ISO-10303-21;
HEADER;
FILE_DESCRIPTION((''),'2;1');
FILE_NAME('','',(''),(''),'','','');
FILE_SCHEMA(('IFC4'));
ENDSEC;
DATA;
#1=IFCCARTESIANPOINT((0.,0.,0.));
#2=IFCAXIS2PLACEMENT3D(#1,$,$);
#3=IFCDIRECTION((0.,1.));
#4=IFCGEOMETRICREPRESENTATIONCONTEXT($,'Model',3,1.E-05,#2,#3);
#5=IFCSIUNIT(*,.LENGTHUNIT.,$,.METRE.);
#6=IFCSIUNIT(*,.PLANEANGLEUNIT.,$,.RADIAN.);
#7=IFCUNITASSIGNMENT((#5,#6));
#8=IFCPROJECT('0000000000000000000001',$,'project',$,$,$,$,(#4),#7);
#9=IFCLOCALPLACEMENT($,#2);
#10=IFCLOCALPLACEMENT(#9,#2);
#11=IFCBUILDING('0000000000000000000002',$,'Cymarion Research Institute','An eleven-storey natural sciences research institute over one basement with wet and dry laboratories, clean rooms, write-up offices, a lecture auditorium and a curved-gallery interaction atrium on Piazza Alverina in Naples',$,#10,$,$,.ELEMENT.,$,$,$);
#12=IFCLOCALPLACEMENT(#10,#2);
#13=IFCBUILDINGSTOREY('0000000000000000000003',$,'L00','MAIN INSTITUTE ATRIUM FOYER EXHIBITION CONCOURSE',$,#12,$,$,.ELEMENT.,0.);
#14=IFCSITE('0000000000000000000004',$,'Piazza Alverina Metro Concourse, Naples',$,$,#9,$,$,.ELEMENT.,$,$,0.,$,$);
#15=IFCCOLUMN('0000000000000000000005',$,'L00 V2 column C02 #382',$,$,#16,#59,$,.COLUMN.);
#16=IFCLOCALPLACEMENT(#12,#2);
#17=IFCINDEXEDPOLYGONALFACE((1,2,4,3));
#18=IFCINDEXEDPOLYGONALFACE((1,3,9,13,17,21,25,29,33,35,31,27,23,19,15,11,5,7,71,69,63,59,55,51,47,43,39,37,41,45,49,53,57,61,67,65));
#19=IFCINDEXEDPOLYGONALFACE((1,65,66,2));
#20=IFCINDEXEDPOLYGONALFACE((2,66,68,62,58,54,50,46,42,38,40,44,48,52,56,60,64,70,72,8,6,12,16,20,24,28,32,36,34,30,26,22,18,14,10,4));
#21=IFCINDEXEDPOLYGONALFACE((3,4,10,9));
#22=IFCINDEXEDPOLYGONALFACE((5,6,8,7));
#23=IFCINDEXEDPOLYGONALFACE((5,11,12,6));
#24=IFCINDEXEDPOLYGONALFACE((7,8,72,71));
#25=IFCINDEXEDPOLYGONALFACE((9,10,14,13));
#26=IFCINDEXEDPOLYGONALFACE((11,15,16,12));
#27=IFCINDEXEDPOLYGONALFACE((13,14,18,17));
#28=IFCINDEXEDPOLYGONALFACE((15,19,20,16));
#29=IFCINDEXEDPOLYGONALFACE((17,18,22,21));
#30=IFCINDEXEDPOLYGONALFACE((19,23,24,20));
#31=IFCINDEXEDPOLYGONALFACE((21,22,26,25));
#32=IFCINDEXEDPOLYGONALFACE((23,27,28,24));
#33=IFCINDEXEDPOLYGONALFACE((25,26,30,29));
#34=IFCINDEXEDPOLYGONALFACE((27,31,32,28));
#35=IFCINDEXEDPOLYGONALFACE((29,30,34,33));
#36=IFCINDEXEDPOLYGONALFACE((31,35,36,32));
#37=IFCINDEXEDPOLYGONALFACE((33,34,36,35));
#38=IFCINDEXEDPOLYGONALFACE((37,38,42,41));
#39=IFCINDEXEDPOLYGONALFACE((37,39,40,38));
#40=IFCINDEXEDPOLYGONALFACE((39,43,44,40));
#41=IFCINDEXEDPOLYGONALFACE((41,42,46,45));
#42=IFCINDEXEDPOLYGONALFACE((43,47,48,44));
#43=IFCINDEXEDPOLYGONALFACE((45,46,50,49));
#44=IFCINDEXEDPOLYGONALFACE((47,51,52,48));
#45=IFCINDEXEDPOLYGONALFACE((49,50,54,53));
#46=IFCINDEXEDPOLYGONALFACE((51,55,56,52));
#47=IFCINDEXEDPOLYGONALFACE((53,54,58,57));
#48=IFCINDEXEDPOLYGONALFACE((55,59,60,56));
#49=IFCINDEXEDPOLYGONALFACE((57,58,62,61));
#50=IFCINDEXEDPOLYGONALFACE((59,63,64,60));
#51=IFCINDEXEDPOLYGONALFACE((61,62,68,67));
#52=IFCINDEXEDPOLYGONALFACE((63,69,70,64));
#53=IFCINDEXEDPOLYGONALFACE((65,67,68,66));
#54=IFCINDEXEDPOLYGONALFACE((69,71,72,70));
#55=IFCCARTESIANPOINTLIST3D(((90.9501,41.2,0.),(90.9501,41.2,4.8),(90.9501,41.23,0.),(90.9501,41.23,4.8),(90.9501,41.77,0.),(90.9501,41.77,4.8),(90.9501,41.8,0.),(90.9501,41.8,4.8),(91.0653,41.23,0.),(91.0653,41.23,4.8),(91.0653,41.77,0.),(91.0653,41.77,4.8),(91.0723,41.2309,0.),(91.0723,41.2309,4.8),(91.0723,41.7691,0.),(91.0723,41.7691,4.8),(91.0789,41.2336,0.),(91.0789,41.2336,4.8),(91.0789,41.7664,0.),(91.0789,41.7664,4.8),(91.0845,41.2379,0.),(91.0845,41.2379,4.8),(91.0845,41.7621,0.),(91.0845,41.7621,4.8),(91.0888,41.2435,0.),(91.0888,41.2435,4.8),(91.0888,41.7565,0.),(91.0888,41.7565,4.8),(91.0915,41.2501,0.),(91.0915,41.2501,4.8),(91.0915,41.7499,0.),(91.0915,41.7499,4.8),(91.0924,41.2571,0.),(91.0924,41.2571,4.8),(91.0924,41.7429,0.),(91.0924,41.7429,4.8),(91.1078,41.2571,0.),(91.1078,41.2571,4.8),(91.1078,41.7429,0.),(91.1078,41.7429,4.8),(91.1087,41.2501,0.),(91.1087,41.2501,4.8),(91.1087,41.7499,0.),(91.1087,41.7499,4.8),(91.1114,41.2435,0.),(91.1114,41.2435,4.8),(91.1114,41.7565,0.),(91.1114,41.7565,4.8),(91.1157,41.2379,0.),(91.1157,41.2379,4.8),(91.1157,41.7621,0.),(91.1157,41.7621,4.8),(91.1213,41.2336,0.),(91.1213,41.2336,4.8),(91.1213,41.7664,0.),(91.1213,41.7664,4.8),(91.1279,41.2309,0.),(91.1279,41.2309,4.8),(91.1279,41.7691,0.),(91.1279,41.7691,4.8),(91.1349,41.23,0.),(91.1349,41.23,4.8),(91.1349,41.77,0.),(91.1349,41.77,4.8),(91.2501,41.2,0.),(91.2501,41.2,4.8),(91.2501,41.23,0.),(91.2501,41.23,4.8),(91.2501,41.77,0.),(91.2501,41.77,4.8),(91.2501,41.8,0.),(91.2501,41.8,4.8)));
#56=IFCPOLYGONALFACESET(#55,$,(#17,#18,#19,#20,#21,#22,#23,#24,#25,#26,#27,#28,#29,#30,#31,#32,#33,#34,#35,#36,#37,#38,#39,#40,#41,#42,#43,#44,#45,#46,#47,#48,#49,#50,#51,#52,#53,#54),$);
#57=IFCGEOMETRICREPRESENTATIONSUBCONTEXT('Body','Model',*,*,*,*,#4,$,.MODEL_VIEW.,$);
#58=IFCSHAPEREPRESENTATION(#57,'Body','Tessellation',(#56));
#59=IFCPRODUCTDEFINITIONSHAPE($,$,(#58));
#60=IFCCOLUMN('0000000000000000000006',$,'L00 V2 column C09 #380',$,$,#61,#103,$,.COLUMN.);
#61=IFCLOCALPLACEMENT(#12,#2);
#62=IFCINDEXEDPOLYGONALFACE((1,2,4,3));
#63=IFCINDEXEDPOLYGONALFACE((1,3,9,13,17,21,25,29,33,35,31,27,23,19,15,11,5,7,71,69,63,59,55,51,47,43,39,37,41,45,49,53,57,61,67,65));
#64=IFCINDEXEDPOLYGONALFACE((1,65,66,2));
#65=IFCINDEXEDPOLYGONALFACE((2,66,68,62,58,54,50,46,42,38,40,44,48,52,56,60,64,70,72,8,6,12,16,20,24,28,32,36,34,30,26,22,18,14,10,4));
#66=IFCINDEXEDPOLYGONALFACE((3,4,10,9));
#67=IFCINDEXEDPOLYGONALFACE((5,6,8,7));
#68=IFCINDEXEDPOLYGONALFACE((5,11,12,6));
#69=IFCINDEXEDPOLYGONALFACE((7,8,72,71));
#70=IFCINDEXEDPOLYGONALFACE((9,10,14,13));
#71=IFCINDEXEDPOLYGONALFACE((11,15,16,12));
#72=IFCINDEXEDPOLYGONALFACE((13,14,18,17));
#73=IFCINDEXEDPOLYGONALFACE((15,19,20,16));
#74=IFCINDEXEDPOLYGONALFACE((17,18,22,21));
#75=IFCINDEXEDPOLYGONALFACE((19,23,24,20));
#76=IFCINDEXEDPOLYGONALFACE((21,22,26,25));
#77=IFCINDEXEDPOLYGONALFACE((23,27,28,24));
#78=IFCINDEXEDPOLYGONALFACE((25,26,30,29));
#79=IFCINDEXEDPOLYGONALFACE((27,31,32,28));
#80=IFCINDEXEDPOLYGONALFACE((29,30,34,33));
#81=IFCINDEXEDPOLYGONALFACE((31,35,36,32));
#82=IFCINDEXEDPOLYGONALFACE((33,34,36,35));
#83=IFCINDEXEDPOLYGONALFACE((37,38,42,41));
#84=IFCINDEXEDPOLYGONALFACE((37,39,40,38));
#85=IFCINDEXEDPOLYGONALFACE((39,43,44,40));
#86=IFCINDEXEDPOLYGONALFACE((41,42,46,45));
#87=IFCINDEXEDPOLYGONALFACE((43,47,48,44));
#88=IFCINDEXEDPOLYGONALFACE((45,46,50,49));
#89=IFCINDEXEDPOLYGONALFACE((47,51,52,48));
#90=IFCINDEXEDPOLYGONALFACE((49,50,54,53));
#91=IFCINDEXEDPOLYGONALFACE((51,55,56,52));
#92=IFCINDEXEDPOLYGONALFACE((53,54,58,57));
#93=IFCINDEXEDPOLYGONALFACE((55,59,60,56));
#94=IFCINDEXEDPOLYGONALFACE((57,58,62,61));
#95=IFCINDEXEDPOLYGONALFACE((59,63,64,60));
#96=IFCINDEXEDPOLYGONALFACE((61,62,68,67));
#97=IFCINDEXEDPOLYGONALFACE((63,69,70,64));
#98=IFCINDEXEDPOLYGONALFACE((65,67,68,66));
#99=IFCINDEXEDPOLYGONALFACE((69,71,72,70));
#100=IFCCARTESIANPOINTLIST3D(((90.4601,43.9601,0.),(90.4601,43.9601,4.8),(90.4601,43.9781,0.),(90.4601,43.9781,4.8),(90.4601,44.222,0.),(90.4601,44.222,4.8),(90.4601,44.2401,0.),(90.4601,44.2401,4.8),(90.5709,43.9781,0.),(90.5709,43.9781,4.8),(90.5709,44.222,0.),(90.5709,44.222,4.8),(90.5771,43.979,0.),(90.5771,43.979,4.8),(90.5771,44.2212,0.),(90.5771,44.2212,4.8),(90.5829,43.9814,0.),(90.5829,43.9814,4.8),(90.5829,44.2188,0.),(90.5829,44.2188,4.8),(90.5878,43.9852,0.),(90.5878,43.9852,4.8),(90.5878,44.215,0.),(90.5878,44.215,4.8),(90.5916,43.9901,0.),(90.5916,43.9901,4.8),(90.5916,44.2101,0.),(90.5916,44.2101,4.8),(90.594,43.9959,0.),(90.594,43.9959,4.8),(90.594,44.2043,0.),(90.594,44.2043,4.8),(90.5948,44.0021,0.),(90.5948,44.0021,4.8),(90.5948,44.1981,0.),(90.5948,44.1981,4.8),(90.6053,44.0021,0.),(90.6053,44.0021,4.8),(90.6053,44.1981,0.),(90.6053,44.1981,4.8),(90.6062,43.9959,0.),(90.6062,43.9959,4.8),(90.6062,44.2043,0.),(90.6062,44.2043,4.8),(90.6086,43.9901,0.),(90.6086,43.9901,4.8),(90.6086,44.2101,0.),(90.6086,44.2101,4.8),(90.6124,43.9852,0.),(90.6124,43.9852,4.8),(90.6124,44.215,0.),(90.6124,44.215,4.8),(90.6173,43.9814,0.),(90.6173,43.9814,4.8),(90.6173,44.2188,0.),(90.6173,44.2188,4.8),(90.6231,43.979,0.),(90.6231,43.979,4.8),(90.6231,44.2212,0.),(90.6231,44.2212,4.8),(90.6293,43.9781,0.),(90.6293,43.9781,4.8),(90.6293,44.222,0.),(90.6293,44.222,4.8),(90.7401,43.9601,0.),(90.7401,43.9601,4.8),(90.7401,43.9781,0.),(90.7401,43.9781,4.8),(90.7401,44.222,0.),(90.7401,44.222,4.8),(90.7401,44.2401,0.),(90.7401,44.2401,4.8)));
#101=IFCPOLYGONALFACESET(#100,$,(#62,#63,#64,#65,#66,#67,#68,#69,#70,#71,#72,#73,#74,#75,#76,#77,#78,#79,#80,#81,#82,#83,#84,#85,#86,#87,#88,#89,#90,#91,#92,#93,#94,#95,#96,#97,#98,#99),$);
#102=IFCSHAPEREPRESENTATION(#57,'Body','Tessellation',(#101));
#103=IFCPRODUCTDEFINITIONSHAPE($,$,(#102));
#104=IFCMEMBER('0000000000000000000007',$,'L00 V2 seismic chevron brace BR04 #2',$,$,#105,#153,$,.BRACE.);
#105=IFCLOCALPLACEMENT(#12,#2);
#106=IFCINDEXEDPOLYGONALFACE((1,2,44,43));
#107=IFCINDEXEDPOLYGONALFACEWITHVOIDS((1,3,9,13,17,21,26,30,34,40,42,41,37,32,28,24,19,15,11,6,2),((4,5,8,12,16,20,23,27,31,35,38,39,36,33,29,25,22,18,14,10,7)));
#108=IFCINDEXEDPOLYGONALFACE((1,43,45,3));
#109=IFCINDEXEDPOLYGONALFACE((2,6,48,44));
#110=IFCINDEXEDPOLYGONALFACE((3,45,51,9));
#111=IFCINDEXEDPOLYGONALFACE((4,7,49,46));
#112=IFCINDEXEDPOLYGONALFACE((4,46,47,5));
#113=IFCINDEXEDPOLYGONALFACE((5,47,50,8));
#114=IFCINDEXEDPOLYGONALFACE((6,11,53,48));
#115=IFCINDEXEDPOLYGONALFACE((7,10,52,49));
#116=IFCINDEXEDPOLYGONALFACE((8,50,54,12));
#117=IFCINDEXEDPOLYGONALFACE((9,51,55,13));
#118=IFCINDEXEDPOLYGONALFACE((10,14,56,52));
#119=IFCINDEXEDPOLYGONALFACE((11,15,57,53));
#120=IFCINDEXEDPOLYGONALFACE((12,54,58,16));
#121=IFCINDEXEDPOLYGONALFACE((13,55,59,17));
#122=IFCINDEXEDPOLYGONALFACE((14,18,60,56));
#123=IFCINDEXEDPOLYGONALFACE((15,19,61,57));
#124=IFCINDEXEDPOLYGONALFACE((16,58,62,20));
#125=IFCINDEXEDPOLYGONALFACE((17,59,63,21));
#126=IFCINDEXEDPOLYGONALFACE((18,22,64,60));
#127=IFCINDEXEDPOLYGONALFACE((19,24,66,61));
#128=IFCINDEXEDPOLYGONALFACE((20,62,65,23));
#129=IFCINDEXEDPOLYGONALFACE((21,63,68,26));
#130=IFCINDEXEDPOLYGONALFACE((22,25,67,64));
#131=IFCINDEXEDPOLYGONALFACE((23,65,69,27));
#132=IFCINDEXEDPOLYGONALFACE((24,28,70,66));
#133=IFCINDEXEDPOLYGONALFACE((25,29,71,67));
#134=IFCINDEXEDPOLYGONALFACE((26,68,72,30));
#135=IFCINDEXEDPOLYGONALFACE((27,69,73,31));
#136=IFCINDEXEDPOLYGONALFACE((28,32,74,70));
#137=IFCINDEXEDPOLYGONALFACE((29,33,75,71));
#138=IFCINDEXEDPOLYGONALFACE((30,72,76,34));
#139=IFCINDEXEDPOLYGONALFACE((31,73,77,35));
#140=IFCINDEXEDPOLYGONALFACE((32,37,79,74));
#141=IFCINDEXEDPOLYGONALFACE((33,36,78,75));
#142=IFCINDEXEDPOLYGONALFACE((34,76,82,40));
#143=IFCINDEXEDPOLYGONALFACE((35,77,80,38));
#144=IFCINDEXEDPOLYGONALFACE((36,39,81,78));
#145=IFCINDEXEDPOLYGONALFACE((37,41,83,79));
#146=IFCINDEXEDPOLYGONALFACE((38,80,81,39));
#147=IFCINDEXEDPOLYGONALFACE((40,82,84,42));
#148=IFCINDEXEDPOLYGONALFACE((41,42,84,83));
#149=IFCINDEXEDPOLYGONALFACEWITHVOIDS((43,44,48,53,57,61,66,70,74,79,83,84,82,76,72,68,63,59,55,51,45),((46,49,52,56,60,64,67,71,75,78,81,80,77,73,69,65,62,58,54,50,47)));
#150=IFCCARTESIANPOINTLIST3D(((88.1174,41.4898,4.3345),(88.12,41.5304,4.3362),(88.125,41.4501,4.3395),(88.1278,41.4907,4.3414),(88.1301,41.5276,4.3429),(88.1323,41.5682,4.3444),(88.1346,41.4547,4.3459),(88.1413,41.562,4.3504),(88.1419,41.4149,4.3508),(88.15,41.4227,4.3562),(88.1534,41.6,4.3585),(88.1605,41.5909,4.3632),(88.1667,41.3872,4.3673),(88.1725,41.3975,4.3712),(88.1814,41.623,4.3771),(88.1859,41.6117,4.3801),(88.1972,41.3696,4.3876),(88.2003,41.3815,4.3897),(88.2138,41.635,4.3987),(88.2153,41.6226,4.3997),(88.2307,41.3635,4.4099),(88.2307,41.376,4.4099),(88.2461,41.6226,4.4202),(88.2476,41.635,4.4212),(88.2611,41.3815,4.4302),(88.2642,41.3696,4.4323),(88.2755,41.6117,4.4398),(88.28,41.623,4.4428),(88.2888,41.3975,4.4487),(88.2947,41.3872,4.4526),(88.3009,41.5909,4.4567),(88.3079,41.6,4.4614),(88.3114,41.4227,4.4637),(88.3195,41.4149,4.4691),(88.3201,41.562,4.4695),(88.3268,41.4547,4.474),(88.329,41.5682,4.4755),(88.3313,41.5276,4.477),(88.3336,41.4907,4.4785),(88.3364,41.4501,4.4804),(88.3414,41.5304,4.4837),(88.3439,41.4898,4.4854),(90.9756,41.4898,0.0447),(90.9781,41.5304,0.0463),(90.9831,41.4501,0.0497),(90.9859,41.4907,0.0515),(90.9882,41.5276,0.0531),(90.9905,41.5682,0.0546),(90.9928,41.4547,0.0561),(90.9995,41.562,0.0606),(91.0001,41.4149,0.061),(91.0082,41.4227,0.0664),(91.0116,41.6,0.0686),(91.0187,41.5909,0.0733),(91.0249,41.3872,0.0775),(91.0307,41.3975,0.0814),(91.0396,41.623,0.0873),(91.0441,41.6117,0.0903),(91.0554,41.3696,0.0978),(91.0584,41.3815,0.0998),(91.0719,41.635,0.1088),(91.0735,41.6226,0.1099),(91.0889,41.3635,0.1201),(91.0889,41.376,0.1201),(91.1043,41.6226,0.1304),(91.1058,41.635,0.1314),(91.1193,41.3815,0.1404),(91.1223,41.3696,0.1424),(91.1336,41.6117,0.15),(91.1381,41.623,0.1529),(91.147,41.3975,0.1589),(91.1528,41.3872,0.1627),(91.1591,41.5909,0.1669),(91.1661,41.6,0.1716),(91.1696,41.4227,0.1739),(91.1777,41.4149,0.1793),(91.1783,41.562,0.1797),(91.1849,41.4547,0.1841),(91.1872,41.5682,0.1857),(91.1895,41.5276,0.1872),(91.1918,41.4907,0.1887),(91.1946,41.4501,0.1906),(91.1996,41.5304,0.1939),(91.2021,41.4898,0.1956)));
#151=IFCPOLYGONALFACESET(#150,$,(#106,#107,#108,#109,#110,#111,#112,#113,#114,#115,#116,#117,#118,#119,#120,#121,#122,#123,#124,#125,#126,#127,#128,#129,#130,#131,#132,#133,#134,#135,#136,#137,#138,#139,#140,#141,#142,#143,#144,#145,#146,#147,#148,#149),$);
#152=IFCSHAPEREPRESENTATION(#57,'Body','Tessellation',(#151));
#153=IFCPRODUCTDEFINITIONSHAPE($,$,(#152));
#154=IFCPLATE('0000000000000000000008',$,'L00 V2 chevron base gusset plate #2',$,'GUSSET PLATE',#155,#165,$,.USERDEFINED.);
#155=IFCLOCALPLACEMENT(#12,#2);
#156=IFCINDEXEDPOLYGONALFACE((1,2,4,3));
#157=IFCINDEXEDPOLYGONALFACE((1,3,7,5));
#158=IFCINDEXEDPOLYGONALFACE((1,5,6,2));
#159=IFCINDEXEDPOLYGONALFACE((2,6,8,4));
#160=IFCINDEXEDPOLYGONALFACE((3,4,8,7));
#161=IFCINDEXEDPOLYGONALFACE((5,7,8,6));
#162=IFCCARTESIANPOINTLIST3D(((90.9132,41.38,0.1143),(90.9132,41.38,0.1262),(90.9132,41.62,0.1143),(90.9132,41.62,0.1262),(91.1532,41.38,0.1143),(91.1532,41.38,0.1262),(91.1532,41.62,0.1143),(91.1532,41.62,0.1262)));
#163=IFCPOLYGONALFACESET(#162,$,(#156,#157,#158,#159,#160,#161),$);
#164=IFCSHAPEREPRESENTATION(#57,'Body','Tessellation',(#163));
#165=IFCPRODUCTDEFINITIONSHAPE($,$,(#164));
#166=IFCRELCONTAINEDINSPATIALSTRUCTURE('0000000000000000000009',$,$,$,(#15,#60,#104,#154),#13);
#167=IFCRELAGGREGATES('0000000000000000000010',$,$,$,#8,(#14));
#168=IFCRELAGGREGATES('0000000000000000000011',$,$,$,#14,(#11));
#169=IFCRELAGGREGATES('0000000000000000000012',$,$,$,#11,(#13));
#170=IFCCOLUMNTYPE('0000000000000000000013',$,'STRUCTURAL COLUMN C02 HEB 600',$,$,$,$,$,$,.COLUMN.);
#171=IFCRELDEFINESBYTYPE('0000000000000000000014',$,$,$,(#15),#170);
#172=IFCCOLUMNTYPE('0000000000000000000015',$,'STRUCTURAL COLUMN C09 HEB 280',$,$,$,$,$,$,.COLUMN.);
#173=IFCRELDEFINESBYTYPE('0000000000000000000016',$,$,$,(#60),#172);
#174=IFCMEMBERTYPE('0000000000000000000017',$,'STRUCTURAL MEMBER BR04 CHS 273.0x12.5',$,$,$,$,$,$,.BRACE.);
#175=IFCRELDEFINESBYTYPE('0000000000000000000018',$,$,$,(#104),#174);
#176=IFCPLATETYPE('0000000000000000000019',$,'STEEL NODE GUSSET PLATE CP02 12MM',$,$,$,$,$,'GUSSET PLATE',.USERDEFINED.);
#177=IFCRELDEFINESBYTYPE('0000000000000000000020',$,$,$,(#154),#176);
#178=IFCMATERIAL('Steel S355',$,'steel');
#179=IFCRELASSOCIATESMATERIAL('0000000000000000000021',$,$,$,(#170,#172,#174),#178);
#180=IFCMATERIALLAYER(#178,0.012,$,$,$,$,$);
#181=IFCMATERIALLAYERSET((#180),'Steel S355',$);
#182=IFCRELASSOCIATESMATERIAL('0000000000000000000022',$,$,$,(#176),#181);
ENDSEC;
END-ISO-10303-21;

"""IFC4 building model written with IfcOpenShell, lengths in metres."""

from ifc_helpers import new_model, si_unit, direction, frame, origin, origin_2d, place, context, subcontext, project, spatial, rectangle, hollow_circle, i_section, extrude, material, layer, layer_set, material_profile, profile_set, type_object, element, save


model = new_model("IFC4")

# Units and contexts
model_context = context("Model", 3, precision=1e-05, world=origin(), true_north=direction((0.0, 1.0)))
body_context = subcontext(model_context, "Body", "Model", "MODEL_VIEW")
ifc_project = project(units=[si_unit("LENGTHUNIT", "METRE"), si_unit("PLANEANGLEUNIT", "RADIAN")], contexts=[model_context])

# Site, building, storey
site_placement = place(None, origin())
site = spatial("IfcSite", under=ifc_project, at=site_placement, Name="Piazza Alverina Metro Concourse, Naples", CompositionType="ELEMENT", RefElevation=0.0)
building_placement = place(site_placement, origin())
building = spatial("IfcBuilding", under=site, at=building_placement, Name="Cymarion Research Institute", Description="An eleven-storey natural sciences research institute over one basement with wet and dry laboratories, clean rooms, write-up offices, a lecture auditorium and a curved-gallery interaction atrium on Piazza Alverina in Naples", CompositionType="ELEMENT")
storey_placement = place(building_placement, origin())
storey = spatial("IfcBuildingStorey", under=building, at=storey_placement, Name="L00", Description="MAIN INSTITUTE ATRIUM FOYER EXHIBITION CONCOURSE", CompositionType="ELEMENT", Elevation=0.0)

# Columns
ifc_material_1 = material(Name="Steel S355", Category="steel")
ifc_material_profile_1 = material_profile(ifc_material_1, i_section(OverallWidth=0.3, OverallDepth=0.6001, WebThickness=0.0154, FlangeThickness=0.03, FilletRadius=0.0271, at=origin_2d()), Name="HEB 600")
ifc_profile_set_1 = profile_set([ifc_material_profile_1], Name="Steel S355")
column_type_1 = type_object("IfcColumnType", Name="STRUCTURAL COLUMN C02 HEB 600", PredefinedType="COLUMN", material=ifc_profile_set_1)
column_1_placement = place(storey_placement, frame((91.1001, 41.5, 0.0), z_axis=(0.0, 0.0, 1.0), x_axis=(1.0, 0.0, 0.0)))
element("IfcColumn", 1, at=column_1_placement, inside=storey, type_object=column_type_1, Name="L00 V2 column C02 #382", PredefinedType="COLUMN", context=body_context, shape_type="SweptSolid", body=[
    extrude(i_section(OverallWidth=0.3, OverallDepth=0.6001, WebThickness=0.0154, FlangeThickness=0.03, FilletRadius=0.0271, at=origin_2d()), origin(), (0.0, 0.0, 1.0), 4.8),
])
ifc_material_profile_2 = material_profile(ifc_material_1, i_section(OverallWidth=0.28, OverallDepth=0.28, WebThickness=0.0105, FlangeThickness=0.0181, FilletRadius=0.0239, at=origin_2d()), Name="HEB 280")
ifc_profile_set_2 = profile_set([ifc_material_profile_2], Name="Steel S355")
column_type_2 = type_object("IfcColumnType", Name="STRUCTURAL COLUMN C09 HEB 280", PredefinedType="COLUMN", material=ifc_profile_set_2)
column_2_placement = place(storey_placement, frame((90.6001, 44.1001, 0.0), z_axis=(0.0, 0.0, 1.0), x_axis=(1.0, 0.0, 0.0)))
element("IfcColumn", 2, at=column_2_placement, inside=storey, type_object=column_type_2, Name="L00 V2 column C09 #380", PredefinedType="COLUMN", context=body_context, shape_type="SweptSolid", body=[
    extrude(i_section(OverallWidth=0.28, OverallDepth=0.28, WebThickness=0.0105, FlangeThickness=0.0181, FilletRadius=0.0239, at=origin_2d()), origin(), (0.0, 0.0, 1.0), 4.8),
])

# Member
ifc_material_profile_3 = material_profile(ifc_material_1, hollow_circle(Radius=0.1365, WallThickness=0.0125, at=origin_2d()), Name="CHS 273.0x12.5")
ifc_profile_set_3 = profile_set([ifc_material_profile_3], Name="Steel S355")
member_type = type_object("IfcMemberType", Name="STRUCTURAL MEMBER BR04 CHS 273.0x12.5", PredefinedType="BRACE", material=ifc_profile_set_3)
member_placement = place(storey_placement, frame((91.0889, 41.5, 0.1201), z_axis=(-0.554471, 0.0, 0.832203), x_axis=(0.0, -1.0, 0.0)))
element("IfcMember", 3, at=member_placement, inside=storey, type_object=member_type, Name="L00 V2 seismic chevron brace BR04 #2", PredefinedType="BRACE", context=body_context, shape_type="SweptSolid", body=[
    extrude(hollow_circle(Radius=0.1365, WallThickness=0.0125, at=origin_2d()), origin(), (0.0, 0.0, 1.0), 5.1548),
])

# Plate
ifc_layer = layer(ifc_material_1, 0.012)
ifc_layer_set = layer_set([ifc_layer], Name="Steel S355")
plate_type = type_object("IfcPlateType", Name="STEEL NODE GUSSET PLATE CP02 12MM", ElementType="GUSSET PLATE", PredefinedType="USERDEFINED", material=ifc_layer_set)
plate_placement = place(storey_placement, frame((91.0332, 41.5, 0.1143), z_axis=(0.0, 0.0, 1.0), x_axis=(1.0, 0.0, 0.0)))
element("IfcPlate", 4, at=plate_placement, inside=storey, type_object=plate_type, Name="L00 V2 chevron base gusset plate #2", ObjectType="GUSSET PLATE", PredefinedType="USERDEFINED", context=body_context, shape_type="SweptSolid", body=[
    extrude(rectangle(XDim=0.24, YDim=0.24, at=origin_2d()), origin(), (0.0, 0.0, 1.0), 0.012),
])

save(model, "model.ifc")
